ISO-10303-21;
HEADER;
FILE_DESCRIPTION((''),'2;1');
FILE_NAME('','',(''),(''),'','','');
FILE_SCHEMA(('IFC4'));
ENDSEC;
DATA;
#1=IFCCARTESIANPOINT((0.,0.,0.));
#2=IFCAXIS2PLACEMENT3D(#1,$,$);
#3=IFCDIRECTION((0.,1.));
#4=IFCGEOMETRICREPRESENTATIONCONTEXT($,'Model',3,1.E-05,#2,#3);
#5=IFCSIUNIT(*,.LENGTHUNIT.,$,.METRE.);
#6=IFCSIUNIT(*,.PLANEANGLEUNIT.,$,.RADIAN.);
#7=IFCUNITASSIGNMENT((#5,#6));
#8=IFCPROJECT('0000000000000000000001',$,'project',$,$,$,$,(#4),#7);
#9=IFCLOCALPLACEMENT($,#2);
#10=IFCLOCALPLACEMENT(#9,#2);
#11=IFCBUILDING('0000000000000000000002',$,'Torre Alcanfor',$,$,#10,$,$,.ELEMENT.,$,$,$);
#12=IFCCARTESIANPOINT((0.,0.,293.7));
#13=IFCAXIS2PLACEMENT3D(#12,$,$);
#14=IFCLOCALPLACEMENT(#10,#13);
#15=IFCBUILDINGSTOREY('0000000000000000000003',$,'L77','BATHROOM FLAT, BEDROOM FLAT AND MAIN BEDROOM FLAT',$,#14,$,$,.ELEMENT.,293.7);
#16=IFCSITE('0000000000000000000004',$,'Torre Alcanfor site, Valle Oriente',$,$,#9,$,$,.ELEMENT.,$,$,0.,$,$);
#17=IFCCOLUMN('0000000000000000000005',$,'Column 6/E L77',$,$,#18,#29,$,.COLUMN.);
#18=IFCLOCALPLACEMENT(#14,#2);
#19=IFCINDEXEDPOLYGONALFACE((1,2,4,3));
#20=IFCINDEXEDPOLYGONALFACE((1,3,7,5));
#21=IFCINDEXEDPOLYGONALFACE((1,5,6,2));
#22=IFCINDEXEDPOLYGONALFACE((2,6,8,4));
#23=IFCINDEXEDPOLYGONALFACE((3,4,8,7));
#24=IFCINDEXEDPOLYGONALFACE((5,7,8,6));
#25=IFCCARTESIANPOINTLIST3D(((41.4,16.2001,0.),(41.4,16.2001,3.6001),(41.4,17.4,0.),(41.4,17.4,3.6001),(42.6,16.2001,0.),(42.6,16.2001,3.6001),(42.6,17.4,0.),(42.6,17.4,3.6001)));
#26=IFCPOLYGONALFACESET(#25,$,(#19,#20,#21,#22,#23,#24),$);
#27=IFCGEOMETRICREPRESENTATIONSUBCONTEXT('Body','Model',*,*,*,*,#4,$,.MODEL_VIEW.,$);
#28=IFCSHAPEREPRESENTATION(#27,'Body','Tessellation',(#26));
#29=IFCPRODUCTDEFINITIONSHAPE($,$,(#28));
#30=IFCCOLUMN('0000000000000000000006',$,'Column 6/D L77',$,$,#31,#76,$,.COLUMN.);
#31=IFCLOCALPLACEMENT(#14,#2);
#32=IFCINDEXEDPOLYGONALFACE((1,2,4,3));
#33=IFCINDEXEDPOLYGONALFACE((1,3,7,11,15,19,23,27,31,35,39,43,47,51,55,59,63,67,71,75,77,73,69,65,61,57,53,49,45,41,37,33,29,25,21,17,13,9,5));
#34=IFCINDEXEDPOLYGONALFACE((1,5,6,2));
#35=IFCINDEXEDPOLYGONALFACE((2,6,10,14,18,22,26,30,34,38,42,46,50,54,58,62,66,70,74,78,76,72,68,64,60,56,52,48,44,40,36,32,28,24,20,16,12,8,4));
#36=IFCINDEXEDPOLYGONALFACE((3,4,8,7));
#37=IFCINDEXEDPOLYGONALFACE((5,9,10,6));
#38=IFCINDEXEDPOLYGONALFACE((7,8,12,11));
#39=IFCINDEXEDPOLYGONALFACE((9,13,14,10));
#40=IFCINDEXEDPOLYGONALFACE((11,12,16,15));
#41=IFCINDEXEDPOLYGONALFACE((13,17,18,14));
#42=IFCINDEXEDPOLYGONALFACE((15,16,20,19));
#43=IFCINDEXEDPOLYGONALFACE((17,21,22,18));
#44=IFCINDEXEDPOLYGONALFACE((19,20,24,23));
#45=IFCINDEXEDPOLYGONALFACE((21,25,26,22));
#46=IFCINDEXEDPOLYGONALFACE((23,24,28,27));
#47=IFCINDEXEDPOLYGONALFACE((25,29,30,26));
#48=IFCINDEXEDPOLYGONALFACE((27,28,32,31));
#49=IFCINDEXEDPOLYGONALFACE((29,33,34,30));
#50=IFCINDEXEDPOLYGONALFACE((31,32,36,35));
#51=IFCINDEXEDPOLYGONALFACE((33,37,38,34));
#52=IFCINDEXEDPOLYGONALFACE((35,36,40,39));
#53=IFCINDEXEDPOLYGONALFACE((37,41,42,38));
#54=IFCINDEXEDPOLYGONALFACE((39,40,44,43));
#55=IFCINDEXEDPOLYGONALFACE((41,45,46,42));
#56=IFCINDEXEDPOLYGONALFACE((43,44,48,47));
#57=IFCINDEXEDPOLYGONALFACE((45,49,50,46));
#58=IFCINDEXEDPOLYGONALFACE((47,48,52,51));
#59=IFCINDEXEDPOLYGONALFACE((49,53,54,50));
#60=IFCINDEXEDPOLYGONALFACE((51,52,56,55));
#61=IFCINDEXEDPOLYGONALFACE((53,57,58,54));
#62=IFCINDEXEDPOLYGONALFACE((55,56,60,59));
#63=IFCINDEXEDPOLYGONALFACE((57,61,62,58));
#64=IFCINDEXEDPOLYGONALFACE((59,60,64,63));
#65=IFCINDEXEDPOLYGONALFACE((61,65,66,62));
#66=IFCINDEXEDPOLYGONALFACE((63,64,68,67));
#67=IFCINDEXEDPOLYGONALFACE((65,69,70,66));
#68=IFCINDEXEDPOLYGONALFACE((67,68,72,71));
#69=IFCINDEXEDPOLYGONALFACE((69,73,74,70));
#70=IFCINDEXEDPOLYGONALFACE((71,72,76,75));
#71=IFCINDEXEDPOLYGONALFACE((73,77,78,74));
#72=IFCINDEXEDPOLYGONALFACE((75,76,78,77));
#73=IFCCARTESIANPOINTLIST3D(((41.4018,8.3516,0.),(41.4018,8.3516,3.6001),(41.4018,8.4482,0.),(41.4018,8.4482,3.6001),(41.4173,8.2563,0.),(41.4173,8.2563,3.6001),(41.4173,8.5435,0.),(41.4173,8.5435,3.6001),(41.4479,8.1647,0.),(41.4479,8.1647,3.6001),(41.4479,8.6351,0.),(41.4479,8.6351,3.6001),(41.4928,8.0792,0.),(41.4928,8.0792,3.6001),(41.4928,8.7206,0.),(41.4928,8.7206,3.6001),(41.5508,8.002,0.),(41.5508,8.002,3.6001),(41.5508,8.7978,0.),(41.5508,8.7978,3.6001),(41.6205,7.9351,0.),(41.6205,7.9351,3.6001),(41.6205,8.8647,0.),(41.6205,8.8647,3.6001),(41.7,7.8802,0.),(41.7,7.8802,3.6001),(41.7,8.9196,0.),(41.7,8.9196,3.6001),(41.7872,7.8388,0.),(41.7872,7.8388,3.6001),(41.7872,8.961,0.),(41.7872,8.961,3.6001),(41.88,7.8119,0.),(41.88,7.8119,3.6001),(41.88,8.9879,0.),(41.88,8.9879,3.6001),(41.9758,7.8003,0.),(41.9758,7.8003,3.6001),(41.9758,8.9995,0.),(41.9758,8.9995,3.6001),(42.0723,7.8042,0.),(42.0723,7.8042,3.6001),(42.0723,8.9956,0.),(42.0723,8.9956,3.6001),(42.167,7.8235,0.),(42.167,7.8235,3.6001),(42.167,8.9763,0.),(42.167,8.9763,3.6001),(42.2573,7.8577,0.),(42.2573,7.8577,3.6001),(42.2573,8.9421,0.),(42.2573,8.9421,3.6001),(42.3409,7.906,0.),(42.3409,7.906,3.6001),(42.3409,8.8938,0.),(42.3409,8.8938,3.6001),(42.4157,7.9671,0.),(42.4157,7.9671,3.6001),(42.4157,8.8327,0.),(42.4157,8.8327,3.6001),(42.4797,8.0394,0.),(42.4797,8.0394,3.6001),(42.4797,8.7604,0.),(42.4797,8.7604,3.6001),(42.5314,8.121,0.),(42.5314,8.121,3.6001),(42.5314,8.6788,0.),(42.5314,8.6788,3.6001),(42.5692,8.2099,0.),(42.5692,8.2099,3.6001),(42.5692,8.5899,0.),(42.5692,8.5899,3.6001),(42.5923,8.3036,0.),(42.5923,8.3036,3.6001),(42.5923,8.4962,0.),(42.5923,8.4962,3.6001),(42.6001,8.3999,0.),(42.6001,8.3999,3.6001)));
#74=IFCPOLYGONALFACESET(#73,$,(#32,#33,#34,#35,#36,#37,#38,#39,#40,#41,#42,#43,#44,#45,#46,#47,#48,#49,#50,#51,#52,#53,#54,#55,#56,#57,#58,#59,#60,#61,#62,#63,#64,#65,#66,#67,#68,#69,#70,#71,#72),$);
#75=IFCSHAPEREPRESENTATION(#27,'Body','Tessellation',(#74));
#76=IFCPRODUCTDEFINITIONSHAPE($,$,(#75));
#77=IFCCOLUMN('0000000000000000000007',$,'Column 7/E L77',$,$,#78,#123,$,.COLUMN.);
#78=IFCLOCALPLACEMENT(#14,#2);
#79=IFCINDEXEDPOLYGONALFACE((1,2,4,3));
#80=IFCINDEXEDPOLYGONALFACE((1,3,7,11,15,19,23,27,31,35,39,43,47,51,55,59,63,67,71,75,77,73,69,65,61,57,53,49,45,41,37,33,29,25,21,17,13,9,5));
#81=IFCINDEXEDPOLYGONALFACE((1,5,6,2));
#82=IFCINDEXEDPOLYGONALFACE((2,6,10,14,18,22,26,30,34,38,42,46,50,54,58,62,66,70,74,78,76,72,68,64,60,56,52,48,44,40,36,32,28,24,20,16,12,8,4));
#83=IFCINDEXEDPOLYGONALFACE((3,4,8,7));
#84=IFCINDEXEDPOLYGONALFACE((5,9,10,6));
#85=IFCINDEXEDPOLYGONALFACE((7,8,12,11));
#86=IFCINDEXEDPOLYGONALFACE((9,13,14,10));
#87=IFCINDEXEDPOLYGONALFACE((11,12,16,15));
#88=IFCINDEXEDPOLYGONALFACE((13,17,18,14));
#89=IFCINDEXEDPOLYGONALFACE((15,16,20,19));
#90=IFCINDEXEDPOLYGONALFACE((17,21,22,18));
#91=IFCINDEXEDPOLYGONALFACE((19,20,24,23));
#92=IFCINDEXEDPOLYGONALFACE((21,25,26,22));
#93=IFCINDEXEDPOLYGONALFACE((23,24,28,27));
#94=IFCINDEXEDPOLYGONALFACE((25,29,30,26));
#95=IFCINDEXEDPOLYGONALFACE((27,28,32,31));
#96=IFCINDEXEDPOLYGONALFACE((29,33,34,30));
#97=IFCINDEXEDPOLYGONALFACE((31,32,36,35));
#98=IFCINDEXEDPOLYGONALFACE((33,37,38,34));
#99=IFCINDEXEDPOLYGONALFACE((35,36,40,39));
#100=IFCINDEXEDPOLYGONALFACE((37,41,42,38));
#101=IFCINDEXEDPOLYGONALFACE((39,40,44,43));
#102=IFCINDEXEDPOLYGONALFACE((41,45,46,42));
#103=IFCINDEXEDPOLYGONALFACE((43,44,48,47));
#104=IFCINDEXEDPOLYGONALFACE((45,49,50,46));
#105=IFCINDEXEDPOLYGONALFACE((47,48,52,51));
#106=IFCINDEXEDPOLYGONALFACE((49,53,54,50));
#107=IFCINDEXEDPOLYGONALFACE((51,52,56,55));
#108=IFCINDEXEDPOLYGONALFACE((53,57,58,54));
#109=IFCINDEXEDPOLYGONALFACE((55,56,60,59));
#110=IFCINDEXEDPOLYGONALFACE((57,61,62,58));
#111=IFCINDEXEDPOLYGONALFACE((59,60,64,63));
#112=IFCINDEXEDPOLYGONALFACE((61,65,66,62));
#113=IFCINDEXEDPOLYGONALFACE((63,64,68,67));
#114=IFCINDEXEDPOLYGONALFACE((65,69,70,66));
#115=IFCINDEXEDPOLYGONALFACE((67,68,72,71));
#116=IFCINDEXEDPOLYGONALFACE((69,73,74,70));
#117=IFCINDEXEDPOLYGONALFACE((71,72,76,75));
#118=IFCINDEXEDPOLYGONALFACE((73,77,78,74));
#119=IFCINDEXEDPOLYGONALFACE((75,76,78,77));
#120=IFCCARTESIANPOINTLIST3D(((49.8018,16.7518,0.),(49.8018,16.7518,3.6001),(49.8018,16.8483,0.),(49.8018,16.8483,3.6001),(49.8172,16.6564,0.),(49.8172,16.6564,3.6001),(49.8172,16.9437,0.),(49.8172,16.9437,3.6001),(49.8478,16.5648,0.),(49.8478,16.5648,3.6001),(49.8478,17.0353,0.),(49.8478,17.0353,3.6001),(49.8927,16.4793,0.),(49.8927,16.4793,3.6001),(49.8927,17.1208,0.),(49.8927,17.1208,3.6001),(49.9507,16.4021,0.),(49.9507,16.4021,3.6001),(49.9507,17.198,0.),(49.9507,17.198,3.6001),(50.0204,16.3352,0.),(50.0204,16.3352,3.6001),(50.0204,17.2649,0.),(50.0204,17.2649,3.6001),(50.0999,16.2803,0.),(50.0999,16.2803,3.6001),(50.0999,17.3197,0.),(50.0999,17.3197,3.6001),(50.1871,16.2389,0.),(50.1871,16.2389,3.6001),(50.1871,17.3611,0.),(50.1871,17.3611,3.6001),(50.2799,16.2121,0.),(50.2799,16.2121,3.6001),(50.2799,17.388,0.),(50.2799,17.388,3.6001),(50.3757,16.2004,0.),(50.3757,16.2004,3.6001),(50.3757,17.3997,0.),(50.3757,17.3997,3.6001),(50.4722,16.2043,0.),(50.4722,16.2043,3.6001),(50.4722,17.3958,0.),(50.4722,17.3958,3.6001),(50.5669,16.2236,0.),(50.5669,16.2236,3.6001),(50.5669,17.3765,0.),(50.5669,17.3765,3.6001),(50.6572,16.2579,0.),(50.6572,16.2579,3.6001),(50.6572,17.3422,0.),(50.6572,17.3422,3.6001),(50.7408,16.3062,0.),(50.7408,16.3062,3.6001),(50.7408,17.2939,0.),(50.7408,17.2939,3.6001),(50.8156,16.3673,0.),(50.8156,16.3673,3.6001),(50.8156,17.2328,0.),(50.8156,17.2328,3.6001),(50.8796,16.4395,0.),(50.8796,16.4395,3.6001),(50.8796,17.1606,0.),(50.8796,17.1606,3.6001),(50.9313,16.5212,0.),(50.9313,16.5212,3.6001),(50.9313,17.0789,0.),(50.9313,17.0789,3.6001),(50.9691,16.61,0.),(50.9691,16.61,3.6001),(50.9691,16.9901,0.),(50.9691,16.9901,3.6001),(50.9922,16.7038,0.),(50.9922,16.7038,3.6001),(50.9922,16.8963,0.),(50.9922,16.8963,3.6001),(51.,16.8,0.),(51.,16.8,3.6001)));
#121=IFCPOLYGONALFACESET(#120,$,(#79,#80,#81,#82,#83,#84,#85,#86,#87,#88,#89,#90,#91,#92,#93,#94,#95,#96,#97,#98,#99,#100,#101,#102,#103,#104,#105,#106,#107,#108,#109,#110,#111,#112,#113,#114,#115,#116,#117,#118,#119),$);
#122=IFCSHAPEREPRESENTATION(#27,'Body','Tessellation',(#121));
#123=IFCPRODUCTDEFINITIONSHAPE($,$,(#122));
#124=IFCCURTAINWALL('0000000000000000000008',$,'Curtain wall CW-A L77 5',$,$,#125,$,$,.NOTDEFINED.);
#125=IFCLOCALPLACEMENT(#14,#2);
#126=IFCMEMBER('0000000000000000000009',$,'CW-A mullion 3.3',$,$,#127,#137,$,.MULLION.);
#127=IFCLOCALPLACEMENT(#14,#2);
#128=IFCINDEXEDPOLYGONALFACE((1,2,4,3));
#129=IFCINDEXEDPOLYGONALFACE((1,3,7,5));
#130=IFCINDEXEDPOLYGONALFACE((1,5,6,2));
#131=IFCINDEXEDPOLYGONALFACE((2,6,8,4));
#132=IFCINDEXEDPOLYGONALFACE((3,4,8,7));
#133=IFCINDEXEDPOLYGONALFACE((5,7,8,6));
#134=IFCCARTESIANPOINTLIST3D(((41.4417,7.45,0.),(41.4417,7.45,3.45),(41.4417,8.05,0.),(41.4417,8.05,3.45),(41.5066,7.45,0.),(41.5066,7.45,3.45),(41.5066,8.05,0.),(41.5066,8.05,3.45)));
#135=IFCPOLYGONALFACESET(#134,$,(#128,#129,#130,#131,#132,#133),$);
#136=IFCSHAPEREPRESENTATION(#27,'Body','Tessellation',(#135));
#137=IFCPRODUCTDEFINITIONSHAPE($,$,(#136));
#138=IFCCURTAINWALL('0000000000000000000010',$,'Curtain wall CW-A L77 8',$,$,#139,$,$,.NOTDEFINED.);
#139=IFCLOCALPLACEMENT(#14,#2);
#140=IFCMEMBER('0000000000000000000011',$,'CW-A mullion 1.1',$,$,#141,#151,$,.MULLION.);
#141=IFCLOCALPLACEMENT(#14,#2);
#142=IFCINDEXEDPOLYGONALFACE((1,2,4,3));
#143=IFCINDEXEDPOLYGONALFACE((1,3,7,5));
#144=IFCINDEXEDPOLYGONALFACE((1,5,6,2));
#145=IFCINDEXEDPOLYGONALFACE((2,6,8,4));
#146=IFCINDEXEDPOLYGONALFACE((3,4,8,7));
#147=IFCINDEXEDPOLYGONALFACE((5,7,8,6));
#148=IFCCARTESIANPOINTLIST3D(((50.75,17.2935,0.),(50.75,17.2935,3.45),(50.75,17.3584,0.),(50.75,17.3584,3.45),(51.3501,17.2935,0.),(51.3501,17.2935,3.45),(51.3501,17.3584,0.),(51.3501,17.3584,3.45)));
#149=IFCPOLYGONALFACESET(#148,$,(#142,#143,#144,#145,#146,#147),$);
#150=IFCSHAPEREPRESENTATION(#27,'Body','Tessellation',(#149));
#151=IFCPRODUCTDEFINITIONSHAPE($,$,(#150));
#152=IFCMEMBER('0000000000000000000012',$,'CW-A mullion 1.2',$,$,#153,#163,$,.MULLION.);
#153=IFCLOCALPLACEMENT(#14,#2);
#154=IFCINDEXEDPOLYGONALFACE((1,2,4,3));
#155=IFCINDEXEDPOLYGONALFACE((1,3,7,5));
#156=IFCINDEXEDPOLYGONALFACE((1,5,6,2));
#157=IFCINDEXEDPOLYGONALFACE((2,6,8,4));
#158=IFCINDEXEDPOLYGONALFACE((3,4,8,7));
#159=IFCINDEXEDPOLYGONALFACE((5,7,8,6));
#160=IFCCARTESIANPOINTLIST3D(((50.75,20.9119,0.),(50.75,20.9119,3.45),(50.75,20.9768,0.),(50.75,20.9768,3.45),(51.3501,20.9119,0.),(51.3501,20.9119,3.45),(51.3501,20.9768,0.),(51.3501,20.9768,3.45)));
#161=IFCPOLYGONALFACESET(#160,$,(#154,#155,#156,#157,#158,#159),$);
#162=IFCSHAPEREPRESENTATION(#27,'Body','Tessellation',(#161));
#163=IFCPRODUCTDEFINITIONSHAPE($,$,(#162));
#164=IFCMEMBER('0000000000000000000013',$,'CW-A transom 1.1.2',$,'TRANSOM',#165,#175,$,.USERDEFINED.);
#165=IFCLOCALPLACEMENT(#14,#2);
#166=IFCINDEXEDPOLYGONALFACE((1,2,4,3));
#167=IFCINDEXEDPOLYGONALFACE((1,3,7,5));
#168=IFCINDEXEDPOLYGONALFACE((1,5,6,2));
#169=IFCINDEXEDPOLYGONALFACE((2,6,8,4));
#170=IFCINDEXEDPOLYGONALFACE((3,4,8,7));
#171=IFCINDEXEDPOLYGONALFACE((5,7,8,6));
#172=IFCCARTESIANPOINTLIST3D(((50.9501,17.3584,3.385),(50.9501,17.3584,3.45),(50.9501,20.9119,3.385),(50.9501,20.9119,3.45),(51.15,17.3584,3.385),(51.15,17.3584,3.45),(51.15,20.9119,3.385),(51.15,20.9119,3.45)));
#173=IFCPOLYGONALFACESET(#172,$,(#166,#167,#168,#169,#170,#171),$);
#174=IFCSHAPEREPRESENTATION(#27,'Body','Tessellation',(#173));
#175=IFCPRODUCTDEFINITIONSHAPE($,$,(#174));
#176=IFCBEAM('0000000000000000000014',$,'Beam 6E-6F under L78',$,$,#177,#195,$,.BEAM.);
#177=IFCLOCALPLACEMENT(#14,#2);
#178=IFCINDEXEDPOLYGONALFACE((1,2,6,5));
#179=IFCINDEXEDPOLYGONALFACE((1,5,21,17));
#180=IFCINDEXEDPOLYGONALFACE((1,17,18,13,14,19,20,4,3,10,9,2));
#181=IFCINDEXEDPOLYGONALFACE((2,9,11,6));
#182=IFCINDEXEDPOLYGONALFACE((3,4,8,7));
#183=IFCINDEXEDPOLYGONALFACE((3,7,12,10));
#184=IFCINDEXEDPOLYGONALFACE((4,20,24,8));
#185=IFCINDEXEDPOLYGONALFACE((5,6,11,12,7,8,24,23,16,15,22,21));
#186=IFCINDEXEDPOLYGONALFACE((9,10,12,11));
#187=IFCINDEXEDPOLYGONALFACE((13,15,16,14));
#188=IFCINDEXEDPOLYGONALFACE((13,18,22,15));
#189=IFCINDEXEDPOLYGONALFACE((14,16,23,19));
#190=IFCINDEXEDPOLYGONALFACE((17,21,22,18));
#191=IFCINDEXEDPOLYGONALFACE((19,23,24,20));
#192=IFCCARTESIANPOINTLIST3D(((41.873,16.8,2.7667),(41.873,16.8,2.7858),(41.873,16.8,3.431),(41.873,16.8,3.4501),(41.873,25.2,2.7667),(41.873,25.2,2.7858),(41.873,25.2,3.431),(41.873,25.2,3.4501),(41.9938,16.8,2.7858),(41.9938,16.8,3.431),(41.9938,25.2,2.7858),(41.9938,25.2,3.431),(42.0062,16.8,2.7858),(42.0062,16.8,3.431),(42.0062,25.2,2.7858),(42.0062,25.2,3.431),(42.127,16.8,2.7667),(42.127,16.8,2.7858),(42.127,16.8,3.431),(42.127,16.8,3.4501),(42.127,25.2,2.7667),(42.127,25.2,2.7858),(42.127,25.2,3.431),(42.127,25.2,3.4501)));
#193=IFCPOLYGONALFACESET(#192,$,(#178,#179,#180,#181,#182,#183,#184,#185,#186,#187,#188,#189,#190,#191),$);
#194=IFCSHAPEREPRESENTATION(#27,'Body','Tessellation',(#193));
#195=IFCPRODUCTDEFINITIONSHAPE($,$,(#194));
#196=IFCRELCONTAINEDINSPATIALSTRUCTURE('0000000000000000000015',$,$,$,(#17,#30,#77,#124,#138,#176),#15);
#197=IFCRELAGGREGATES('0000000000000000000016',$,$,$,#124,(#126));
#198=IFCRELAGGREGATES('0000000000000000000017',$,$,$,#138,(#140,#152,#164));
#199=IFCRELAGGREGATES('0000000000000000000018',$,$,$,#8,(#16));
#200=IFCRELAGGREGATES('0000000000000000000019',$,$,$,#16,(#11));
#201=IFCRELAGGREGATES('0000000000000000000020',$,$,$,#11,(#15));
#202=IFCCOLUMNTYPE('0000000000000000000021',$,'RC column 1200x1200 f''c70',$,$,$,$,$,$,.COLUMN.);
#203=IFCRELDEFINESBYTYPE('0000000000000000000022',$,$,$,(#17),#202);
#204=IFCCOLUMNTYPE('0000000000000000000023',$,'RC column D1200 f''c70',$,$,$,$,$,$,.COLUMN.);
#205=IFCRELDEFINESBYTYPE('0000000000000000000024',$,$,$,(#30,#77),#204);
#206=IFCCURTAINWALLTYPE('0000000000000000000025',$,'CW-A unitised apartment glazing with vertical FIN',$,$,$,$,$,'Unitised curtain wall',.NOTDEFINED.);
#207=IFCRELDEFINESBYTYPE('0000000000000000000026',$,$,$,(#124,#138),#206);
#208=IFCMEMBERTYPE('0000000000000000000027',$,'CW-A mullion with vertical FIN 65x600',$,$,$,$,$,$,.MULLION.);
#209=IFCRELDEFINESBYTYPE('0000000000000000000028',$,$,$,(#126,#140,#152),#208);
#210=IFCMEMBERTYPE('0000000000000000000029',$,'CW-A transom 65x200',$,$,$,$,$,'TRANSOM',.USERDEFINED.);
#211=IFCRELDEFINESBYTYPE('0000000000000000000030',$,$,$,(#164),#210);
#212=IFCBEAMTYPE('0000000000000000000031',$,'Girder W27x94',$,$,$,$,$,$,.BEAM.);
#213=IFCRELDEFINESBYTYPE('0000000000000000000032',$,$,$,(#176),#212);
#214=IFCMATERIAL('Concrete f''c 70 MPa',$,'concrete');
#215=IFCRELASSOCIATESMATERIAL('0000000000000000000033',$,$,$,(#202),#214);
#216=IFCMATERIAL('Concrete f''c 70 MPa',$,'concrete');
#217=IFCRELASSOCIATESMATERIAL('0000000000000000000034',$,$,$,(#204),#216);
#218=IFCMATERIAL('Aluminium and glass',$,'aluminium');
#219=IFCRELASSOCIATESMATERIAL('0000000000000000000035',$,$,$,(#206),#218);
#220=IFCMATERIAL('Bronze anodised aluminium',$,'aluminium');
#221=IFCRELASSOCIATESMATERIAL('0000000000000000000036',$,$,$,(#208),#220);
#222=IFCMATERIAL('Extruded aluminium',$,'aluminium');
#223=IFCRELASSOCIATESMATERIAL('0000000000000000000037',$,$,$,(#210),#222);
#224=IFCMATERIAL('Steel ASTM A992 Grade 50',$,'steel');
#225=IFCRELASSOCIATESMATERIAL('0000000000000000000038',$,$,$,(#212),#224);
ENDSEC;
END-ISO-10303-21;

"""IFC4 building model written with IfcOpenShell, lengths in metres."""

from ifc_helpers import new_model, si_unit, direction, frame, origin, origin_2d, place, context, subcontext, project, spatial, rectangle, circle, i_section, extrude, material, material_profile, profile_set, type_object, element, aggregate, save


model = new_model("IFC4")

# Units and contexts
model_context = context("Model", 3, precision=1e-05, world=origin(), true_north=direction((0.0, 1.0)))
body_context = subcontext(model_context, "Body", "Model", "MODEL_VIEW")
ifc_project = project(units=[si_unit("LENGTHUNIT", "METRE"), si_unit("PLANEANGLEUNIT", "RADIAN")], contexts=[model_context])

# Site, building, storey
site_placement = place(None, origin())
site = spatial("IfcSite", under=ifc_project, at=site_placement, Name="Torre Alcanfor site, Valle Oriente", CompositionType="ELEMENT", RefElevation=0.0)
building_placement = place(site_placement, origin())
building = spatial("IfcBuilding", under=site, at=building_placement, Name="Torre Alcanfor", CompositionType="ELEMENT")
storey_placement = place(building_placement, frame((0.0, 0.0, 293.7)))
storey = spatial("IfcBuildingStorey", under=building, at=storey_placement, Name="L77", Description="BATHROOM FLAT, BEDROOM FLAT AND MAIN BEDROOM FLAT", CompositionType="ELEMENT", Elevation=293.7)

# Columns
ifc_material_1 = material(Name="Concrete f'c 70 MPa", Category="concrete")
ifc_material_profile_1 = material_profile(ifc_material_1, rectangle(XDim=1.2, YDim=1.2, at=origin_2d()), Name="1200x1200")
ifc_profile_set_1 = profile_set([ifc_material_profile_1], Name="Concrete f'c 70 MPa")
column_type_1 = type_object("IfcColumnType", Name="RC column 1200x1200 f'c70", PredefinedType="COLUMN", material=ifc_profile_set_1)
column_placement = place(storey_placement, frame((42.0, 16.8, 0.0), z_axis=(0.0, 0.0, 1.0), x_axis=(1.0, 0.0, 0.0)))
element("IfcColumn", 1, at=column_placement, inside=storey, type_object=column_type_1, Name="Column 6/E L77", PredefinedType="COLUMN", context=body_context, shape_type="SweptSolid", body=[
    extrude(rectangle(XDim=1.2, YDim=1.2, at=origin_2d()), origin(), (0.0, 0.0, 1.0), 3.6001),
])
ifc_material_2 = material(Name="Concrete f'c 70 MPa", Category="concrete")
ifc_material_profile_2 = material_profile(ifc_material_2, circle(Radius=0.6001, at=origin_2d()), Name="D1200")
ifc_profile_set_2 = profile_set([ifc_material_profile_2], Name="Concrete f'c 70 MPa")
column_type_2 = type_object("IfcColumnType", Name="RC column D1200 f'c70", PredefinedType="COLUMN", material=ifc_profile_set_2)
for number, where, z_axis, x_axis, name in (
    (2, (42.0, 8.3999, 0.0), (0.0, 0.0, 1.0), (1.0, 0.0, 0.0), "Column 6/D L77"),
    (3, (50.3999, 16.8, 0.0), (0.0, 0.0, 1.0), (1.0, 0.0, 0.0), "Column 7/E L77"),
):
    element("IfcColumn", number, at=place(storey_placement, frame(where, z_axis=z_axis, x_axis=x_axis)), inside=storey, type_object=column_type_2, Name=name, PredefinedType="COLUMN", context=body_context, shape_type="SweptSolid", body=[
        extrude(circle(Radius=0.6001, at=origin_2d()), origin(), (0.0, 0.0, 1.0), 3.6001),
    ])

# Curtain wall, member
ifc_material_3 = material(Name="Aluminium and glass", Category="aluminium")
curtain_wall_type = type_object("IfcCurtainWallType", Name="CW-A unitised apartment glazing with vertical FIN", ElementType="Unitised curtain wall", PredefinedType="NOTDEFINED", material=ifc_material_3)
curtain_wall_1_placement = place(storey_placement, origin())
curtain_wall_1 = element("IfcCurtainWall", 4, at=curtain_wall_1_placement, inside=storey, type_object=curtain_wall_type, Name="Curtain wall CW-A L77 5", PredefinedType="NOTDEFINED")
ifc_material_4 = material(Name="Bronze anodised aluminium", Category="aluminium")
ifc_material_profile_3 = material_profile(ifc_material_4, rectangle(XDim=0.6001, YDim=0.0649, at=origin_2d()), Name="CW-A mullion 65x600")
ifc_profile_set_3 = profile_set([ifc_material_profile_3], Name="Bronze anodised aluminium")
member_type_1 = type_object("IfcMemberType", Name="CW-A mullion with vertical FIN 65x600", PredefinedType="MULLION", material=ifc_profile_set_3)
member_1_placement = place(storey_placement, frame((41.4741, 7.75, 0.0), z_axis=(0.0, 0.0, 1.0), x_axis=(0.0, 1.0, 0.0)))
member_1 = element("IfcMember", 5, at=member_1_placement, type_object=member_type_1, Name="CW-A mullion 3.3", PredefinedType="MULLION", context=body_context, shape_type="SweptSolid", body=[
    extrude(rectangle(XDim=0.6001, YDim=0.0649, at=origin_2d()), origin(), (0.0, 0.0, 1.0), 3.45),
])
aggregate(curtain_wall_1, [member_1])

# Curtain wall, members
curtain_wall_2_placement = place(storey_placement, origin())
curtain_wall_2 = element("IfcCurtainWall", 6, at=curtain_wall_2_placement, inside=storey, type_object=curtain_wall_type, Name="Curtain wall CW-A L77 8", PredefinedType="NOTDEFINED")
member_2_placement = place(storey_placement, frame((51.05, 17.3259, 0.0), z_axis=(0.0, 0.0, 1.0), x_axis=(-1.0, 0.0, 0.0)))
member_2 = element("IfcMember", 7, at=member_2_placement, type_object=member_type_1, Name="CW-A mullion 1.1", PredefinedType="MULLION", context=body_context, shape_type="SweptSolid", body=[
    extrude(rectangle(XDim=0.6001, YDim=0.0649, at=origin_2d()), origin(), (0.0, 0.0, 1.0), 3.45),
])
member_3_placement = place(storey_placement, frame((51.05, 20.9443, 0.0), z_axis=(0.0, 0.0, 1.0), x_axis=(-1.0, 0.0, 0.0)))
member_3 = element("IfcMember", 8, at=member_3_placement, type_object=member_type_1, Name="CW-A mullion 1.2", PredefinedType="MULLION", context=body_context, shape_type="SweptSolid", body=[
    extrude(rectangle(XDim=0.6001, YDim=0.0649, at=origin_2d()), origin(), (0.0, 0.0, 1.0), 3.45),
])
ifc_material_5 = material(Name="Extruded aluminium", Category="aluminium")
ifc_material_profile_4 = material_profile(ifc_material_5, rectangle(XDim=0.2, YDim=0.0649, at=origin_2d()), Name="CW-A transom 200x65")
ifc_profile_set_4 = profile_set([ifc_material_profile_4], Name="Extruded aluminium")
member_type_2 = type_object("IfcMemberType", Name="CW-A transom 65x200", ElementType="TRANSOM", PredefinedType="USERDEFINED", material=ifc_profile_set_4)
member_4_placement = place(storey_placement, frame((51.05, 17.3584, 3.4175), z_axis=(0.0, 1.0, 0.0), x_axis=(-1.0, 0.0, 0.0)))
member_4 = element("IfcMember", 9, at=member_4_placement, type_object=member_type_2, Name="CW-A transom 1.1.2", ObjectType="TRANSOM", PredefinedType="USERDEFINED", context=body_context, shape_type="SweptSolid", body=[
    extrude(rectangle(XDim=0.2, YDim=0.0649, at=origin_2d()), origin(), (0.0, 0.0, 1.0), 3.5535),
])

# Beam
ifc_material_6 = material(Name="Steel ASTM A992 Grade 50", Category="steel")
ifc_material_profile_5 = material_profile(ifc_material_6, i_section(OverallWidth=0.2539, OverallDepth=0.6833, WebThickness=0.0125, FlangeThickness=0.019, at=origin_2d()), Name="W27x94")
ifc_profile_set_5 = profile_set([ifc_material_profile_5], Name="Steel ASTM A992 Grade 50")
beam_type_1 = type_object("IfcBeamType", Name="Girder W27x94", PredefinedType="BEAM", material=ifc_profile_set_5)
beam_1_placement = place(storey_placement, frame((42.0, 16.8, 3.1084), z_axis=(0.0, 1.0, 0.0), x_axis=(-1.0, 0.0, 0.0)))
element("IfcBeam", 10, at=beam_1_placement, inside=storey, type_object=beam_type_1, Name="Beam 6E-6F under L78", PredefinedType="BEAM", context=body_context, shape_type="SweptSolid", body=[
    extrude(i_section(OverallWidth=0.2539, OverallDepth=0.6833, WebThickness=0.0125, FlangeThickness=0.019, at=origin_2d()), origin(), (0.0, 0.0, 1.0), 8.3999),
])

aggregate(curtain_wall_2, [member_2, member_3, member_4])

save(model, "model.ifc")
